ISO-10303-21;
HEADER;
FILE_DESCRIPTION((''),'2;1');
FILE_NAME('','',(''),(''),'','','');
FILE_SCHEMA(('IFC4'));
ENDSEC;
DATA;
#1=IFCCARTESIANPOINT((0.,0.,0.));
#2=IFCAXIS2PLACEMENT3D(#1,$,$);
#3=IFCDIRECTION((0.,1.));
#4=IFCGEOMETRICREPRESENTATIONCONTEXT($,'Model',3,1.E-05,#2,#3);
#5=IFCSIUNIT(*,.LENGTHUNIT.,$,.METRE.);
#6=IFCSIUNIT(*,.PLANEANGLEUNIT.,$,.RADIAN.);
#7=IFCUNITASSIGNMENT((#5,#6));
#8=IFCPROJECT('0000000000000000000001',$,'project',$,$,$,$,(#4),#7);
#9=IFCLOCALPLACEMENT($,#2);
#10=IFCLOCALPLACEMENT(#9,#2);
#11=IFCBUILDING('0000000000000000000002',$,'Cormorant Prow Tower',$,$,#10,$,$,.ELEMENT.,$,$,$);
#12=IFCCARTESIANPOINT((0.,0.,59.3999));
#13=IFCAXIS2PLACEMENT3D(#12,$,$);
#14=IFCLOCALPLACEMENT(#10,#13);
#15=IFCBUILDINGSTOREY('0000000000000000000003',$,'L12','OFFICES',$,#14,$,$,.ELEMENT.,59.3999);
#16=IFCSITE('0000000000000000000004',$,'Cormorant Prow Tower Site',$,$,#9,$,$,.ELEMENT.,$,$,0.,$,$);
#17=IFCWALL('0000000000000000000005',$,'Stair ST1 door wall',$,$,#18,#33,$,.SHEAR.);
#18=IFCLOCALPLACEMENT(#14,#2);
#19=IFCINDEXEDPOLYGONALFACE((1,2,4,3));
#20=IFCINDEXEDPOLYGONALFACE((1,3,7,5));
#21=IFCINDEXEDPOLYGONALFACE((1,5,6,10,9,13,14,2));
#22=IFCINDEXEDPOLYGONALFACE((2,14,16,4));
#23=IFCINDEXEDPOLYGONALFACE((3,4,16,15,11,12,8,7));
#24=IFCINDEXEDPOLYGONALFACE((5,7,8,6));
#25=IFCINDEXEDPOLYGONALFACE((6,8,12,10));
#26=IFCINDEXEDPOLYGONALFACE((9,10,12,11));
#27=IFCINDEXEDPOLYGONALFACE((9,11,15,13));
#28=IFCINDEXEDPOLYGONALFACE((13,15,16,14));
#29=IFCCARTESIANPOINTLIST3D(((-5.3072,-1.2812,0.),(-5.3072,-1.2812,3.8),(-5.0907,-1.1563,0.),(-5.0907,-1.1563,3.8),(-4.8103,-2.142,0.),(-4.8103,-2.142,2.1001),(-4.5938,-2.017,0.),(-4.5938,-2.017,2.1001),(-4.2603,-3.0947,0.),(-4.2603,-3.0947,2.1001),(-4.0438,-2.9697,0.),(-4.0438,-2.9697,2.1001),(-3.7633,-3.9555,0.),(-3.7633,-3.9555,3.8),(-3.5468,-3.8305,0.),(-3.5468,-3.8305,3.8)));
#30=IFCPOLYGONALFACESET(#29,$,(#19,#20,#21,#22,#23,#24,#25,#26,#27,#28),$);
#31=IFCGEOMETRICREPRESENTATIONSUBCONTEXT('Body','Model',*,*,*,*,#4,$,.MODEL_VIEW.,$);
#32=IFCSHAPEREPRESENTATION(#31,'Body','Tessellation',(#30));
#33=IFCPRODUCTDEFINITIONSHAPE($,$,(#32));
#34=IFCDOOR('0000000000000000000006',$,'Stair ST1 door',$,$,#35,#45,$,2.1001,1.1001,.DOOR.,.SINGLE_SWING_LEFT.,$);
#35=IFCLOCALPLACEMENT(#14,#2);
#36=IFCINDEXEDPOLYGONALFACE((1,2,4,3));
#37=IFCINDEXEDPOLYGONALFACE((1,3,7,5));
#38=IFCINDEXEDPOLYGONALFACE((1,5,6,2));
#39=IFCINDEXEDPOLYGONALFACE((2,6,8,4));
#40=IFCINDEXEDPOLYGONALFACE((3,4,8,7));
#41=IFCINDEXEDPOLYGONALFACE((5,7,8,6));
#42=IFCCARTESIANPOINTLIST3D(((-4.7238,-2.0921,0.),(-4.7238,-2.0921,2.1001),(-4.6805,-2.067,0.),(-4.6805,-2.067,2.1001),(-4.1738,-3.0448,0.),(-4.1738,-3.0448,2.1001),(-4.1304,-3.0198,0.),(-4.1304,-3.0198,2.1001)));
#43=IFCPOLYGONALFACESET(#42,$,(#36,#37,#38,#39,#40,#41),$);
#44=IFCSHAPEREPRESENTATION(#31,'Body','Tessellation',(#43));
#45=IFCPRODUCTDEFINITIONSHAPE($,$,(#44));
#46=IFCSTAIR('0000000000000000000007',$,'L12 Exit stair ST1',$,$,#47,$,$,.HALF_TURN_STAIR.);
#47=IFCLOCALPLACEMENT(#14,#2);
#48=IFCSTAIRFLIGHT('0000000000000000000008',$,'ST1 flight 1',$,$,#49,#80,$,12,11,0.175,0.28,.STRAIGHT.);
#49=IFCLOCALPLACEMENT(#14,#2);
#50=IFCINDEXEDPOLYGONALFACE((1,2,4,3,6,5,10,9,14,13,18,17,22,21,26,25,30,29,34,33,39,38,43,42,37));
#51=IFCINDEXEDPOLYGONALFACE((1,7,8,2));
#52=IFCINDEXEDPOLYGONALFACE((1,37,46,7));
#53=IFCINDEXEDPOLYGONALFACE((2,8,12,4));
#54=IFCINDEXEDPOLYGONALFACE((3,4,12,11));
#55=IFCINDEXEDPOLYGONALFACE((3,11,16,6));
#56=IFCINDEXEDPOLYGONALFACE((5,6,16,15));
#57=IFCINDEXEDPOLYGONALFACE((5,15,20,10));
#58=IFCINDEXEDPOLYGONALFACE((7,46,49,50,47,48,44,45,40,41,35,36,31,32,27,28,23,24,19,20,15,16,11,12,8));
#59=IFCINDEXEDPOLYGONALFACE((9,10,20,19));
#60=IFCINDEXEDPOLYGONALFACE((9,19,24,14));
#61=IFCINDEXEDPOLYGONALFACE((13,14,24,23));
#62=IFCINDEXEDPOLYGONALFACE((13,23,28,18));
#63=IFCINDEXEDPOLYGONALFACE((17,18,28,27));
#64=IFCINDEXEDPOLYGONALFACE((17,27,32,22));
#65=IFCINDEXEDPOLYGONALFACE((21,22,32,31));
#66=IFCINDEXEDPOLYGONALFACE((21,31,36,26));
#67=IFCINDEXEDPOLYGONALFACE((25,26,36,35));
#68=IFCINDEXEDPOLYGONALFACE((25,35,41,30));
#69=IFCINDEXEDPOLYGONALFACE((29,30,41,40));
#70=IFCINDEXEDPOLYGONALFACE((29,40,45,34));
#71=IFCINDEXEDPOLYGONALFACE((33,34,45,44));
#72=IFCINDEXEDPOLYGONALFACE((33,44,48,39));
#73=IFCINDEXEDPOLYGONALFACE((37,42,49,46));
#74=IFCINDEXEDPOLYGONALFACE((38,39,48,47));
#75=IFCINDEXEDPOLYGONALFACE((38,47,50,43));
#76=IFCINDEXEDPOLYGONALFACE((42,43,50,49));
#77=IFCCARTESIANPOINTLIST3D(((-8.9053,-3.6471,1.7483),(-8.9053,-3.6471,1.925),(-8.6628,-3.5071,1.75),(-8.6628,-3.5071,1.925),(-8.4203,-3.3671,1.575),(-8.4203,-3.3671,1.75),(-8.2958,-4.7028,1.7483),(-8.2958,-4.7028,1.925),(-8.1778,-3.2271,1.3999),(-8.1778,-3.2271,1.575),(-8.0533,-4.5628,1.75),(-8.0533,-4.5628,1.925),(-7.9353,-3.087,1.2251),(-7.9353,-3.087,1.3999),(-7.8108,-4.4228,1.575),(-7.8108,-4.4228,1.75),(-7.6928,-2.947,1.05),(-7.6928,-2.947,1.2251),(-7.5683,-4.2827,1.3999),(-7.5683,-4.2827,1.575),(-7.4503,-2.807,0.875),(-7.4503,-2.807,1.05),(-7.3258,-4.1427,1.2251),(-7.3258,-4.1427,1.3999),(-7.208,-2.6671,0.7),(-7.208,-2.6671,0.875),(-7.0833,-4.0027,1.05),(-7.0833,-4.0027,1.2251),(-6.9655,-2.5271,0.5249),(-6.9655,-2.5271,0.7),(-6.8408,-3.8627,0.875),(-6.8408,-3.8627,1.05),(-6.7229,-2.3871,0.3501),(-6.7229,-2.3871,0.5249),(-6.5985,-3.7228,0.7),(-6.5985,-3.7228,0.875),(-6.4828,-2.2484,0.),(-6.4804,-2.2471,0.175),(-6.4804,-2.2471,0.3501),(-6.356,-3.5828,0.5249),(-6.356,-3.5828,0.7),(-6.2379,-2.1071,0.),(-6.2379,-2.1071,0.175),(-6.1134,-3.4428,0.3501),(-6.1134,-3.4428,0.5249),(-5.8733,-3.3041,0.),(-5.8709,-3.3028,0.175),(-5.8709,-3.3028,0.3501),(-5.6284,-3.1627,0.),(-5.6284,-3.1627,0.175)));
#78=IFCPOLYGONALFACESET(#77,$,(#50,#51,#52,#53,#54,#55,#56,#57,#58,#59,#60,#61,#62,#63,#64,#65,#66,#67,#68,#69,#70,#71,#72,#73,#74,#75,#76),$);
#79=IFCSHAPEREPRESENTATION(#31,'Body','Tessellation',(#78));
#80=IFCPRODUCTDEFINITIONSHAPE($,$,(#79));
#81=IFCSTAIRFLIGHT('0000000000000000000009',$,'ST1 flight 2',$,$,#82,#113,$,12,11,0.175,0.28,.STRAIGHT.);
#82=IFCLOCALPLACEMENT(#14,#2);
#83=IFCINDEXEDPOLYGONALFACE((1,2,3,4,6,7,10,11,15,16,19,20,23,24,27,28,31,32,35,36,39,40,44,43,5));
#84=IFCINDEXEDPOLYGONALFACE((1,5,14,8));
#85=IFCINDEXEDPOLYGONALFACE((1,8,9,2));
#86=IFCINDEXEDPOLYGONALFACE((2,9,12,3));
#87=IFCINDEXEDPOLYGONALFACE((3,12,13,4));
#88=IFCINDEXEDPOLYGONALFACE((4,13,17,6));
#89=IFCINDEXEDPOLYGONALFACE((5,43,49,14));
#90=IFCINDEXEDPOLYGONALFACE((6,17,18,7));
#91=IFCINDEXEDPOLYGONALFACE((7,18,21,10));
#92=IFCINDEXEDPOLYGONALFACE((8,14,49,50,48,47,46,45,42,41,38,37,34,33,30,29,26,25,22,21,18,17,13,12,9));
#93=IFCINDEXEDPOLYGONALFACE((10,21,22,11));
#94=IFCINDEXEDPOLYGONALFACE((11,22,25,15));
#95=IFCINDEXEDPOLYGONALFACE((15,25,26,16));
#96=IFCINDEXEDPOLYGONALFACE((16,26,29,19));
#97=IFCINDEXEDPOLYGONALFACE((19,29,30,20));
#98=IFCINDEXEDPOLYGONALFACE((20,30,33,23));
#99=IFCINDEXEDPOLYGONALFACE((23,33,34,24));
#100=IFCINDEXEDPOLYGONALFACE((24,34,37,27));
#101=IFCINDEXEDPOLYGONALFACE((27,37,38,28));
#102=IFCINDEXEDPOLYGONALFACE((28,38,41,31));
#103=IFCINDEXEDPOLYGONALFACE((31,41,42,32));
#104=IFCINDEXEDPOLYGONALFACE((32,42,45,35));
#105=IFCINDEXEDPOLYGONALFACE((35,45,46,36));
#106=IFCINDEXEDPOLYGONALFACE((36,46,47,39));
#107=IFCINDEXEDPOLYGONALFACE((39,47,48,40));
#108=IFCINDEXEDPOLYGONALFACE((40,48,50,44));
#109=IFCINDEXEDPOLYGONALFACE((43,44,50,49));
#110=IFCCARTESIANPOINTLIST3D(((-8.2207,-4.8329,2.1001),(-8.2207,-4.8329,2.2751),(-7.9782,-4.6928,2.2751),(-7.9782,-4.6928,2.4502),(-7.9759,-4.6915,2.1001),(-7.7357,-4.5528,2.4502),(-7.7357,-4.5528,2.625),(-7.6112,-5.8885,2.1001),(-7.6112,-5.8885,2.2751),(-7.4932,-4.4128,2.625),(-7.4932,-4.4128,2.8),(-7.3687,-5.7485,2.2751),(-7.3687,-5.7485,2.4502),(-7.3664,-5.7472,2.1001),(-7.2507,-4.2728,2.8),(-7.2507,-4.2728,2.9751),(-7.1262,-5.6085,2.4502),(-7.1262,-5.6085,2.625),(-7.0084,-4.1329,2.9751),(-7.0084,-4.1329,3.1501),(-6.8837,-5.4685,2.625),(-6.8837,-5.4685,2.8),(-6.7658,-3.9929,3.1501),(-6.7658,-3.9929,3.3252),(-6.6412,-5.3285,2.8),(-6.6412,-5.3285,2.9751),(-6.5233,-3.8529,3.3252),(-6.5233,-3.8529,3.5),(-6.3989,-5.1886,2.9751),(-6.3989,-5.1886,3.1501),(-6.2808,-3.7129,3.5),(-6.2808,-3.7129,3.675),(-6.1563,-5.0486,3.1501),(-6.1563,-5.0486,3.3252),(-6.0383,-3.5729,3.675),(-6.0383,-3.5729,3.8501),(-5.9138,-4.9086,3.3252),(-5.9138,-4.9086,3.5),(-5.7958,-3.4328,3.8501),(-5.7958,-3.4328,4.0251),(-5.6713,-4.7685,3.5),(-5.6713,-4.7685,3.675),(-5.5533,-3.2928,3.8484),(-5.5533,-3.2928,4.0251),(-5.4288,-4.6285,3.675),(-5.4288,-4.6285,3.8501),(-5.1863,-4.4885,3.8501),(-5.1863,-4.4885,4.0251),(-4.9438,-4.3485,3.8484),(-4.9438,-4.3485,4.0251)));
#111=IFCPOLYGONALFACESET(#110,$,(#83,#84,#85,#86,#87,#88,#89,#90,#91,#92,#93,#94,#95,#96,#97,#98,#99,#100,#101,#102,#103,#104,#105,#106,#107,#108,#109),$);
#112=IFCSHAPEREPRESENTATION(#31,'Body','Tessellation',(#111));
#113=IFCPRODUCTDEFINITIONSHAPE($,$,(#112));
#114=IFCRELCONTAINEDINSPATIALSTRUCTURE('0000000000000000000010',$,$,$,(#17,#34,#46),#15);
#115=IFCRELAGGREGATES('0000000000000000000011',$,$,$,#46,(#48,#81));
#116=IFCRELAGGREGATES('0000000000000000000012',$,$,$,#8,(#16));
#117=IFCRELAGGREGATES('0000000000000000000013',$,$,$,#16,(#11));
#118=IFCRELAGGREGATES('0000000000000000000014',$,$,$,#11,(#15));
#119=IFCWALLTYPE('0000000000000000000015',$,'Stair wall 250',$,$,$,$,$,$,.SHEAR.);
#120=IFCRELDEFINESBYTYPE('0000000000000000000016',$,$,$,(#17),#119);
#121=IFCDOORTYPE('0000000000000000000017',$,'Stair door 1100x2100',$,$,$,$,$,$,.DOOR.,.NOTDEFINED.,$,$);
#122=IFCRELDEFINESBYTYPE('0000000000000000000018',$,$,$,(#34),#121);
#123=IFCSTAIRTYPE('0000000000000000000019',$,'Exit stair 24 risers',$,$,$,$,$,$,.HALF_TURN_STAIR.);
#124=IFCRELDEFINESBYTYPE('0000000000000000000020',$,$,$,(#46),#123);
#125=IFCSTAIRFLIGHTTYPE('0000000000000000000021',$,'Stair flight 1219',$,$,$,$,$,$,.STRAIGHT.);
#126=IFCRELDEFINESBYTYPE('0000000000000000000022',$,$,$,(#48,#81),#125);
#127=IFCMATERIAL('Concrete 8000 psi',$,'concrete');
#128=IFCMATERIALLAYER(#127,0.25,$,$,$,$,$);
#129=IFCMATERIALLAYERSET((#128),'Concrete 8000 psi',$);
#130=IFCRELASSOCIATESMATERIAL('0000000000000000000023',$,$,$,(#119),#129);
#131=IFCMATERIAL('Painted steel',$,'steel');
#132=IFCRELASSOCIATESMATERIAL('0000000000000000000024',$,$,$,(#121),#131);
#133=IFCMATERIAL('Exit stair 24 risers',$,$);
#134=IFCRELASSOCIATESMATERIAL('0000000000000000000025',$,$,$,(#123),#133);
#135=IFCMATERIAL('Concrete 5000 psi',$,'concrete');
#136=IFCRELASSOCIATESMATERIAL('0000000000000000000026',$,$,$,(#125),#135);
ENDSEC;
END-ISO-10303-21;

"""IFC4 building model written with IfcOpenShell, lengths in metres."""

from ifc_helpers import new_model, si_unit, direction, frame, frame_2d, origin, place, context, subcontext, project, spatial, polyline, rectangle, outline, extrude, material, layer, layer_set, type_object, element, fill, aggregate, save


model = new_model("IFC4")

# Units and contexts
model_context = context("Model", 3, precision=1e-05, world=origin(), true_north=direction((0.0, 1.0)))
body_context = subcontext(model_context, "Body", "Model", "MODEL_VIEW")
ifc_project = project(units=[si_unit("LENGTHUNIT", "METRE"), si_unit("PLANEANGLEUNIT", "RADIAN")], contexts=[model_context])

# Site, building, storey
site_placement = place(None, origin())
site = spatial("IfcSite", under=ifc_project, at=site_placement, Name="Cormorant Prow Tower Site", CompositionType="ELEMENT", RefElevation=0.0)
building_placement = place(site_placement, origin())
building = spatial("IfcBuilding", under=site, at=building_placement, Name="Cormorant Prow Tower", CompositionType="ELEMENT")
storey_placement = place(building_placement, frame((0.0, 0.0, 59.3999)))
storey = spatial("IfcBuildingStorey", under=building, at=storey_placement, Name="L12", Description="OFFICES", CompositionType="ELEMENT", Elevation=59.3999)

# Wall, opening, door
ifc_material_1 = material(Name="Concrete 8000 psi", Category="concrete")
ifc_layer_1 = layer(ifc_material_1, 0.25)
ifc_layer_set_1 = layer_set([ifc_layer_1], Name="Concrete 8000 psi")
wall_type_1 = type_object("IfcWallType", Name="Stair wall 250", PredefinedType="SHEAR", material=ifc_layer_set_1)
wall_1_placement = place(storey_placement, frame((-5.199, -1.2188, 0.0), z_axis=(0.0, 0.0, 1.0), x_axis=(0.499983, -0.866035, 0.0)))
wall_1 = element("IfcWall", 1, at=wall_1_placement, inside=storey, type_object=wall_type_1, Name="Stair ST1 door wall", PredefinedType="SHEAR", context=body_context, shape_type="SweptSolid", body=[
    extrude(rectangle(XDim=3.0879, YDim=0.25, at=frame_2d((1.5439, 0.0))), origin(), (0.0, 0.0, 1.0), 3.8),
])
opening_1_placement = place(wall_1_placement, frame((0.9939, 0.0, 0.0)))
opening_1 = element("IfcOpeningElement", 2, at=opening_1_placement, cuts=wall_1, PredefinedType="OPENING", context=body_context, shape_type="SweptSolid", body=[
    extrude(rectangle(XDim=1.1001, YDim=2.1001, at=frame_2d((0.55, 1.05))), frame((0.0, 0.135, 0.0), z_axis=(0.0, -1.0, 0.0), x_axis=(1.0, 0.0, 0.0)), (0.0, 0.0, 1.0), 0.27),
])
ifc_material_2 = material(Name="Painted steel", Category="steel")
door_type_1 = type_object("IfcDoorType", Name="Stair door 1100x2100", OperationType="NOTDEFINED", PredefinedType="DOOR", material=ifc_material_2)
door_1_placement = place(opening_1_placement, origin())
door_1 = element("IfcDoor", 3, at=door_1_placement, inside=storey, type_object=door_type_1, Name="Stair ST1 door", OperationType="SINGLE_SWING_LEFT", OverallHeight=2.1001, OverallWidth=1.1001, PredefinedType="DOOR", context=body_context, shape_type="SweptSolid", body=[
    extrude(rectangle(XDim=1.1001, YDim=2.1001, at=frame_2d((0.55, 1.05))), frame((0.0, 0.0249, 0.0), z_axis=(0.0, -1.0, 0.0), x_axis=(1.0, 0.0, 0.0)), (0.0, 0.0, 1.0), 0.05),
])
fill(opening_1, door_1)

# Stair, stair flights
ifc_material_3 = material(Name="Exit stair 24 risers")
stair_type = type_object("IfcStairType", Name="Exit stair 24 risers", PredefinedType="HALF_TURN_STAIR", material=ifc_material_3)
stair_placement = place(storey_placement, origin())
stair = element("IfcStair", 4, at=stair_placement, inside=storey, type_object=stair_type, Name="L12 Exit stair ST1", PredefinedType="HALF_TURN_STAIR")
ifc_material_4 = material(Name="Concrete 5000 psi", Category="concrete")
stair_flight_type = type_object("IfcStairFlightType", Name="Stair flight 1219", PredefinedType="STRAIGHT", material=ifc_material_4)
stair_flight_1_placement = place(storey_placement, frame((-5.9331, -2.635, 0.0), z_axis=(0.0, 0.0, 1.0), x_axis=(-0.866025, -0.5, 0.0)))
stair_flight_1 = element("IfcStairFlight", 5, at=stair_flight_1_placement, type_object=stair_flight_type, Name="ST1 flight 1", NumberOfRisers=12, NumberOfTreads=11, PredefinedType="STRAIGHT", RiserHeight=0.175, TreadLength=0.28, context=body_context, shape_type="SweptSolid", body=[
    extrude(outline(polyline([(0.0, 0.0), (0.0, 0.175), (0.28, 0.175), (0.28, 0.3501), (0.5601, 0.3501), (0.5601, 0.5249), (0.8401, 0.5249), (0.8401, 0.7), (1.1201, 0.7), (1.1201, 0.875), (1.3999, 0.875), (1.3999, 1.05), (1.6799, 1.05), (1.6799, 1.2251), (1.96, 1.2251), (1.96, 1.3999), (2.24, 1.3999), (2.24, 1.575), (2.52, 1.575), (2.52, 1.75), (2.8, 1.75), (2.8, 1.925), (3.0801, 1.925), (3.0801, 2.1001), (3.0801, 1.7483), (0.2827, 0.0), (0.0, 0.0)])), frame((0.0, 0.6094, 0.0), z_axis=(0.0, -1.0, 0.0), x_axis=(1.0, 0.0, 0.0)), (0.0, 0.0, 1.0), 1.219),
])
stair_flight_2_placement = place(storey_placement, frame((-7.916, -5.3606, 2.1001), z_axis=(0.0, 0.0, 1.0), x_axis=(0.866025, 0.5, 0.0)))
stair_flight_2 = element("IfcStairFlight", 6, at=stair_flight_2_placement, type_object=stair_flight_type, Name="ST1 flight 2", NumberOfRisers=12, NumberOfTreads=11, PredefinedType="STRAIGHT", RiserHeight=0.175, TreadLength=0.28, context=body_context, shape_type="SweptSolid", body=[
    extrude(outline(polyline([(0.0, 0.0), (0.0, 0.175), (0.28, 0.175), (0.28, 0.3501), (0.5601, 0.3501), (0.5601, 0.5249), (0.8401, 0.5249), (0.8401, 0.7), (1.1201, 0.7), (1.1201, 0.875), (1.3999, 0.875), (1.3999, 1.05), (1.6799, 1.05), (1.6799, 1.2251), (1.96, 1.2251), (1.96, 1.3999), (2.24, 1.3999), (2.24, 1.575), (2.52, 1.575), (2.52, 1.75), (2.8, 1.75), (2.8, 1.925), (3.0801, 1.925), (3.0801, 2.1001), (3.0801, 1.7483), (0.2827, 0.0), (0.0, 0.0)])), frame((0.0, 0.6094, 0.0), z_axis=(0.0, -1.0, 0.0), x_axis=(1.0, 0.0, 0.0)), (0.0, 0.0, 1.0), 1.219),
])
aggregate(stair, [stair_flight_1, stair_flight_2])

save(model, "model.ifc")
